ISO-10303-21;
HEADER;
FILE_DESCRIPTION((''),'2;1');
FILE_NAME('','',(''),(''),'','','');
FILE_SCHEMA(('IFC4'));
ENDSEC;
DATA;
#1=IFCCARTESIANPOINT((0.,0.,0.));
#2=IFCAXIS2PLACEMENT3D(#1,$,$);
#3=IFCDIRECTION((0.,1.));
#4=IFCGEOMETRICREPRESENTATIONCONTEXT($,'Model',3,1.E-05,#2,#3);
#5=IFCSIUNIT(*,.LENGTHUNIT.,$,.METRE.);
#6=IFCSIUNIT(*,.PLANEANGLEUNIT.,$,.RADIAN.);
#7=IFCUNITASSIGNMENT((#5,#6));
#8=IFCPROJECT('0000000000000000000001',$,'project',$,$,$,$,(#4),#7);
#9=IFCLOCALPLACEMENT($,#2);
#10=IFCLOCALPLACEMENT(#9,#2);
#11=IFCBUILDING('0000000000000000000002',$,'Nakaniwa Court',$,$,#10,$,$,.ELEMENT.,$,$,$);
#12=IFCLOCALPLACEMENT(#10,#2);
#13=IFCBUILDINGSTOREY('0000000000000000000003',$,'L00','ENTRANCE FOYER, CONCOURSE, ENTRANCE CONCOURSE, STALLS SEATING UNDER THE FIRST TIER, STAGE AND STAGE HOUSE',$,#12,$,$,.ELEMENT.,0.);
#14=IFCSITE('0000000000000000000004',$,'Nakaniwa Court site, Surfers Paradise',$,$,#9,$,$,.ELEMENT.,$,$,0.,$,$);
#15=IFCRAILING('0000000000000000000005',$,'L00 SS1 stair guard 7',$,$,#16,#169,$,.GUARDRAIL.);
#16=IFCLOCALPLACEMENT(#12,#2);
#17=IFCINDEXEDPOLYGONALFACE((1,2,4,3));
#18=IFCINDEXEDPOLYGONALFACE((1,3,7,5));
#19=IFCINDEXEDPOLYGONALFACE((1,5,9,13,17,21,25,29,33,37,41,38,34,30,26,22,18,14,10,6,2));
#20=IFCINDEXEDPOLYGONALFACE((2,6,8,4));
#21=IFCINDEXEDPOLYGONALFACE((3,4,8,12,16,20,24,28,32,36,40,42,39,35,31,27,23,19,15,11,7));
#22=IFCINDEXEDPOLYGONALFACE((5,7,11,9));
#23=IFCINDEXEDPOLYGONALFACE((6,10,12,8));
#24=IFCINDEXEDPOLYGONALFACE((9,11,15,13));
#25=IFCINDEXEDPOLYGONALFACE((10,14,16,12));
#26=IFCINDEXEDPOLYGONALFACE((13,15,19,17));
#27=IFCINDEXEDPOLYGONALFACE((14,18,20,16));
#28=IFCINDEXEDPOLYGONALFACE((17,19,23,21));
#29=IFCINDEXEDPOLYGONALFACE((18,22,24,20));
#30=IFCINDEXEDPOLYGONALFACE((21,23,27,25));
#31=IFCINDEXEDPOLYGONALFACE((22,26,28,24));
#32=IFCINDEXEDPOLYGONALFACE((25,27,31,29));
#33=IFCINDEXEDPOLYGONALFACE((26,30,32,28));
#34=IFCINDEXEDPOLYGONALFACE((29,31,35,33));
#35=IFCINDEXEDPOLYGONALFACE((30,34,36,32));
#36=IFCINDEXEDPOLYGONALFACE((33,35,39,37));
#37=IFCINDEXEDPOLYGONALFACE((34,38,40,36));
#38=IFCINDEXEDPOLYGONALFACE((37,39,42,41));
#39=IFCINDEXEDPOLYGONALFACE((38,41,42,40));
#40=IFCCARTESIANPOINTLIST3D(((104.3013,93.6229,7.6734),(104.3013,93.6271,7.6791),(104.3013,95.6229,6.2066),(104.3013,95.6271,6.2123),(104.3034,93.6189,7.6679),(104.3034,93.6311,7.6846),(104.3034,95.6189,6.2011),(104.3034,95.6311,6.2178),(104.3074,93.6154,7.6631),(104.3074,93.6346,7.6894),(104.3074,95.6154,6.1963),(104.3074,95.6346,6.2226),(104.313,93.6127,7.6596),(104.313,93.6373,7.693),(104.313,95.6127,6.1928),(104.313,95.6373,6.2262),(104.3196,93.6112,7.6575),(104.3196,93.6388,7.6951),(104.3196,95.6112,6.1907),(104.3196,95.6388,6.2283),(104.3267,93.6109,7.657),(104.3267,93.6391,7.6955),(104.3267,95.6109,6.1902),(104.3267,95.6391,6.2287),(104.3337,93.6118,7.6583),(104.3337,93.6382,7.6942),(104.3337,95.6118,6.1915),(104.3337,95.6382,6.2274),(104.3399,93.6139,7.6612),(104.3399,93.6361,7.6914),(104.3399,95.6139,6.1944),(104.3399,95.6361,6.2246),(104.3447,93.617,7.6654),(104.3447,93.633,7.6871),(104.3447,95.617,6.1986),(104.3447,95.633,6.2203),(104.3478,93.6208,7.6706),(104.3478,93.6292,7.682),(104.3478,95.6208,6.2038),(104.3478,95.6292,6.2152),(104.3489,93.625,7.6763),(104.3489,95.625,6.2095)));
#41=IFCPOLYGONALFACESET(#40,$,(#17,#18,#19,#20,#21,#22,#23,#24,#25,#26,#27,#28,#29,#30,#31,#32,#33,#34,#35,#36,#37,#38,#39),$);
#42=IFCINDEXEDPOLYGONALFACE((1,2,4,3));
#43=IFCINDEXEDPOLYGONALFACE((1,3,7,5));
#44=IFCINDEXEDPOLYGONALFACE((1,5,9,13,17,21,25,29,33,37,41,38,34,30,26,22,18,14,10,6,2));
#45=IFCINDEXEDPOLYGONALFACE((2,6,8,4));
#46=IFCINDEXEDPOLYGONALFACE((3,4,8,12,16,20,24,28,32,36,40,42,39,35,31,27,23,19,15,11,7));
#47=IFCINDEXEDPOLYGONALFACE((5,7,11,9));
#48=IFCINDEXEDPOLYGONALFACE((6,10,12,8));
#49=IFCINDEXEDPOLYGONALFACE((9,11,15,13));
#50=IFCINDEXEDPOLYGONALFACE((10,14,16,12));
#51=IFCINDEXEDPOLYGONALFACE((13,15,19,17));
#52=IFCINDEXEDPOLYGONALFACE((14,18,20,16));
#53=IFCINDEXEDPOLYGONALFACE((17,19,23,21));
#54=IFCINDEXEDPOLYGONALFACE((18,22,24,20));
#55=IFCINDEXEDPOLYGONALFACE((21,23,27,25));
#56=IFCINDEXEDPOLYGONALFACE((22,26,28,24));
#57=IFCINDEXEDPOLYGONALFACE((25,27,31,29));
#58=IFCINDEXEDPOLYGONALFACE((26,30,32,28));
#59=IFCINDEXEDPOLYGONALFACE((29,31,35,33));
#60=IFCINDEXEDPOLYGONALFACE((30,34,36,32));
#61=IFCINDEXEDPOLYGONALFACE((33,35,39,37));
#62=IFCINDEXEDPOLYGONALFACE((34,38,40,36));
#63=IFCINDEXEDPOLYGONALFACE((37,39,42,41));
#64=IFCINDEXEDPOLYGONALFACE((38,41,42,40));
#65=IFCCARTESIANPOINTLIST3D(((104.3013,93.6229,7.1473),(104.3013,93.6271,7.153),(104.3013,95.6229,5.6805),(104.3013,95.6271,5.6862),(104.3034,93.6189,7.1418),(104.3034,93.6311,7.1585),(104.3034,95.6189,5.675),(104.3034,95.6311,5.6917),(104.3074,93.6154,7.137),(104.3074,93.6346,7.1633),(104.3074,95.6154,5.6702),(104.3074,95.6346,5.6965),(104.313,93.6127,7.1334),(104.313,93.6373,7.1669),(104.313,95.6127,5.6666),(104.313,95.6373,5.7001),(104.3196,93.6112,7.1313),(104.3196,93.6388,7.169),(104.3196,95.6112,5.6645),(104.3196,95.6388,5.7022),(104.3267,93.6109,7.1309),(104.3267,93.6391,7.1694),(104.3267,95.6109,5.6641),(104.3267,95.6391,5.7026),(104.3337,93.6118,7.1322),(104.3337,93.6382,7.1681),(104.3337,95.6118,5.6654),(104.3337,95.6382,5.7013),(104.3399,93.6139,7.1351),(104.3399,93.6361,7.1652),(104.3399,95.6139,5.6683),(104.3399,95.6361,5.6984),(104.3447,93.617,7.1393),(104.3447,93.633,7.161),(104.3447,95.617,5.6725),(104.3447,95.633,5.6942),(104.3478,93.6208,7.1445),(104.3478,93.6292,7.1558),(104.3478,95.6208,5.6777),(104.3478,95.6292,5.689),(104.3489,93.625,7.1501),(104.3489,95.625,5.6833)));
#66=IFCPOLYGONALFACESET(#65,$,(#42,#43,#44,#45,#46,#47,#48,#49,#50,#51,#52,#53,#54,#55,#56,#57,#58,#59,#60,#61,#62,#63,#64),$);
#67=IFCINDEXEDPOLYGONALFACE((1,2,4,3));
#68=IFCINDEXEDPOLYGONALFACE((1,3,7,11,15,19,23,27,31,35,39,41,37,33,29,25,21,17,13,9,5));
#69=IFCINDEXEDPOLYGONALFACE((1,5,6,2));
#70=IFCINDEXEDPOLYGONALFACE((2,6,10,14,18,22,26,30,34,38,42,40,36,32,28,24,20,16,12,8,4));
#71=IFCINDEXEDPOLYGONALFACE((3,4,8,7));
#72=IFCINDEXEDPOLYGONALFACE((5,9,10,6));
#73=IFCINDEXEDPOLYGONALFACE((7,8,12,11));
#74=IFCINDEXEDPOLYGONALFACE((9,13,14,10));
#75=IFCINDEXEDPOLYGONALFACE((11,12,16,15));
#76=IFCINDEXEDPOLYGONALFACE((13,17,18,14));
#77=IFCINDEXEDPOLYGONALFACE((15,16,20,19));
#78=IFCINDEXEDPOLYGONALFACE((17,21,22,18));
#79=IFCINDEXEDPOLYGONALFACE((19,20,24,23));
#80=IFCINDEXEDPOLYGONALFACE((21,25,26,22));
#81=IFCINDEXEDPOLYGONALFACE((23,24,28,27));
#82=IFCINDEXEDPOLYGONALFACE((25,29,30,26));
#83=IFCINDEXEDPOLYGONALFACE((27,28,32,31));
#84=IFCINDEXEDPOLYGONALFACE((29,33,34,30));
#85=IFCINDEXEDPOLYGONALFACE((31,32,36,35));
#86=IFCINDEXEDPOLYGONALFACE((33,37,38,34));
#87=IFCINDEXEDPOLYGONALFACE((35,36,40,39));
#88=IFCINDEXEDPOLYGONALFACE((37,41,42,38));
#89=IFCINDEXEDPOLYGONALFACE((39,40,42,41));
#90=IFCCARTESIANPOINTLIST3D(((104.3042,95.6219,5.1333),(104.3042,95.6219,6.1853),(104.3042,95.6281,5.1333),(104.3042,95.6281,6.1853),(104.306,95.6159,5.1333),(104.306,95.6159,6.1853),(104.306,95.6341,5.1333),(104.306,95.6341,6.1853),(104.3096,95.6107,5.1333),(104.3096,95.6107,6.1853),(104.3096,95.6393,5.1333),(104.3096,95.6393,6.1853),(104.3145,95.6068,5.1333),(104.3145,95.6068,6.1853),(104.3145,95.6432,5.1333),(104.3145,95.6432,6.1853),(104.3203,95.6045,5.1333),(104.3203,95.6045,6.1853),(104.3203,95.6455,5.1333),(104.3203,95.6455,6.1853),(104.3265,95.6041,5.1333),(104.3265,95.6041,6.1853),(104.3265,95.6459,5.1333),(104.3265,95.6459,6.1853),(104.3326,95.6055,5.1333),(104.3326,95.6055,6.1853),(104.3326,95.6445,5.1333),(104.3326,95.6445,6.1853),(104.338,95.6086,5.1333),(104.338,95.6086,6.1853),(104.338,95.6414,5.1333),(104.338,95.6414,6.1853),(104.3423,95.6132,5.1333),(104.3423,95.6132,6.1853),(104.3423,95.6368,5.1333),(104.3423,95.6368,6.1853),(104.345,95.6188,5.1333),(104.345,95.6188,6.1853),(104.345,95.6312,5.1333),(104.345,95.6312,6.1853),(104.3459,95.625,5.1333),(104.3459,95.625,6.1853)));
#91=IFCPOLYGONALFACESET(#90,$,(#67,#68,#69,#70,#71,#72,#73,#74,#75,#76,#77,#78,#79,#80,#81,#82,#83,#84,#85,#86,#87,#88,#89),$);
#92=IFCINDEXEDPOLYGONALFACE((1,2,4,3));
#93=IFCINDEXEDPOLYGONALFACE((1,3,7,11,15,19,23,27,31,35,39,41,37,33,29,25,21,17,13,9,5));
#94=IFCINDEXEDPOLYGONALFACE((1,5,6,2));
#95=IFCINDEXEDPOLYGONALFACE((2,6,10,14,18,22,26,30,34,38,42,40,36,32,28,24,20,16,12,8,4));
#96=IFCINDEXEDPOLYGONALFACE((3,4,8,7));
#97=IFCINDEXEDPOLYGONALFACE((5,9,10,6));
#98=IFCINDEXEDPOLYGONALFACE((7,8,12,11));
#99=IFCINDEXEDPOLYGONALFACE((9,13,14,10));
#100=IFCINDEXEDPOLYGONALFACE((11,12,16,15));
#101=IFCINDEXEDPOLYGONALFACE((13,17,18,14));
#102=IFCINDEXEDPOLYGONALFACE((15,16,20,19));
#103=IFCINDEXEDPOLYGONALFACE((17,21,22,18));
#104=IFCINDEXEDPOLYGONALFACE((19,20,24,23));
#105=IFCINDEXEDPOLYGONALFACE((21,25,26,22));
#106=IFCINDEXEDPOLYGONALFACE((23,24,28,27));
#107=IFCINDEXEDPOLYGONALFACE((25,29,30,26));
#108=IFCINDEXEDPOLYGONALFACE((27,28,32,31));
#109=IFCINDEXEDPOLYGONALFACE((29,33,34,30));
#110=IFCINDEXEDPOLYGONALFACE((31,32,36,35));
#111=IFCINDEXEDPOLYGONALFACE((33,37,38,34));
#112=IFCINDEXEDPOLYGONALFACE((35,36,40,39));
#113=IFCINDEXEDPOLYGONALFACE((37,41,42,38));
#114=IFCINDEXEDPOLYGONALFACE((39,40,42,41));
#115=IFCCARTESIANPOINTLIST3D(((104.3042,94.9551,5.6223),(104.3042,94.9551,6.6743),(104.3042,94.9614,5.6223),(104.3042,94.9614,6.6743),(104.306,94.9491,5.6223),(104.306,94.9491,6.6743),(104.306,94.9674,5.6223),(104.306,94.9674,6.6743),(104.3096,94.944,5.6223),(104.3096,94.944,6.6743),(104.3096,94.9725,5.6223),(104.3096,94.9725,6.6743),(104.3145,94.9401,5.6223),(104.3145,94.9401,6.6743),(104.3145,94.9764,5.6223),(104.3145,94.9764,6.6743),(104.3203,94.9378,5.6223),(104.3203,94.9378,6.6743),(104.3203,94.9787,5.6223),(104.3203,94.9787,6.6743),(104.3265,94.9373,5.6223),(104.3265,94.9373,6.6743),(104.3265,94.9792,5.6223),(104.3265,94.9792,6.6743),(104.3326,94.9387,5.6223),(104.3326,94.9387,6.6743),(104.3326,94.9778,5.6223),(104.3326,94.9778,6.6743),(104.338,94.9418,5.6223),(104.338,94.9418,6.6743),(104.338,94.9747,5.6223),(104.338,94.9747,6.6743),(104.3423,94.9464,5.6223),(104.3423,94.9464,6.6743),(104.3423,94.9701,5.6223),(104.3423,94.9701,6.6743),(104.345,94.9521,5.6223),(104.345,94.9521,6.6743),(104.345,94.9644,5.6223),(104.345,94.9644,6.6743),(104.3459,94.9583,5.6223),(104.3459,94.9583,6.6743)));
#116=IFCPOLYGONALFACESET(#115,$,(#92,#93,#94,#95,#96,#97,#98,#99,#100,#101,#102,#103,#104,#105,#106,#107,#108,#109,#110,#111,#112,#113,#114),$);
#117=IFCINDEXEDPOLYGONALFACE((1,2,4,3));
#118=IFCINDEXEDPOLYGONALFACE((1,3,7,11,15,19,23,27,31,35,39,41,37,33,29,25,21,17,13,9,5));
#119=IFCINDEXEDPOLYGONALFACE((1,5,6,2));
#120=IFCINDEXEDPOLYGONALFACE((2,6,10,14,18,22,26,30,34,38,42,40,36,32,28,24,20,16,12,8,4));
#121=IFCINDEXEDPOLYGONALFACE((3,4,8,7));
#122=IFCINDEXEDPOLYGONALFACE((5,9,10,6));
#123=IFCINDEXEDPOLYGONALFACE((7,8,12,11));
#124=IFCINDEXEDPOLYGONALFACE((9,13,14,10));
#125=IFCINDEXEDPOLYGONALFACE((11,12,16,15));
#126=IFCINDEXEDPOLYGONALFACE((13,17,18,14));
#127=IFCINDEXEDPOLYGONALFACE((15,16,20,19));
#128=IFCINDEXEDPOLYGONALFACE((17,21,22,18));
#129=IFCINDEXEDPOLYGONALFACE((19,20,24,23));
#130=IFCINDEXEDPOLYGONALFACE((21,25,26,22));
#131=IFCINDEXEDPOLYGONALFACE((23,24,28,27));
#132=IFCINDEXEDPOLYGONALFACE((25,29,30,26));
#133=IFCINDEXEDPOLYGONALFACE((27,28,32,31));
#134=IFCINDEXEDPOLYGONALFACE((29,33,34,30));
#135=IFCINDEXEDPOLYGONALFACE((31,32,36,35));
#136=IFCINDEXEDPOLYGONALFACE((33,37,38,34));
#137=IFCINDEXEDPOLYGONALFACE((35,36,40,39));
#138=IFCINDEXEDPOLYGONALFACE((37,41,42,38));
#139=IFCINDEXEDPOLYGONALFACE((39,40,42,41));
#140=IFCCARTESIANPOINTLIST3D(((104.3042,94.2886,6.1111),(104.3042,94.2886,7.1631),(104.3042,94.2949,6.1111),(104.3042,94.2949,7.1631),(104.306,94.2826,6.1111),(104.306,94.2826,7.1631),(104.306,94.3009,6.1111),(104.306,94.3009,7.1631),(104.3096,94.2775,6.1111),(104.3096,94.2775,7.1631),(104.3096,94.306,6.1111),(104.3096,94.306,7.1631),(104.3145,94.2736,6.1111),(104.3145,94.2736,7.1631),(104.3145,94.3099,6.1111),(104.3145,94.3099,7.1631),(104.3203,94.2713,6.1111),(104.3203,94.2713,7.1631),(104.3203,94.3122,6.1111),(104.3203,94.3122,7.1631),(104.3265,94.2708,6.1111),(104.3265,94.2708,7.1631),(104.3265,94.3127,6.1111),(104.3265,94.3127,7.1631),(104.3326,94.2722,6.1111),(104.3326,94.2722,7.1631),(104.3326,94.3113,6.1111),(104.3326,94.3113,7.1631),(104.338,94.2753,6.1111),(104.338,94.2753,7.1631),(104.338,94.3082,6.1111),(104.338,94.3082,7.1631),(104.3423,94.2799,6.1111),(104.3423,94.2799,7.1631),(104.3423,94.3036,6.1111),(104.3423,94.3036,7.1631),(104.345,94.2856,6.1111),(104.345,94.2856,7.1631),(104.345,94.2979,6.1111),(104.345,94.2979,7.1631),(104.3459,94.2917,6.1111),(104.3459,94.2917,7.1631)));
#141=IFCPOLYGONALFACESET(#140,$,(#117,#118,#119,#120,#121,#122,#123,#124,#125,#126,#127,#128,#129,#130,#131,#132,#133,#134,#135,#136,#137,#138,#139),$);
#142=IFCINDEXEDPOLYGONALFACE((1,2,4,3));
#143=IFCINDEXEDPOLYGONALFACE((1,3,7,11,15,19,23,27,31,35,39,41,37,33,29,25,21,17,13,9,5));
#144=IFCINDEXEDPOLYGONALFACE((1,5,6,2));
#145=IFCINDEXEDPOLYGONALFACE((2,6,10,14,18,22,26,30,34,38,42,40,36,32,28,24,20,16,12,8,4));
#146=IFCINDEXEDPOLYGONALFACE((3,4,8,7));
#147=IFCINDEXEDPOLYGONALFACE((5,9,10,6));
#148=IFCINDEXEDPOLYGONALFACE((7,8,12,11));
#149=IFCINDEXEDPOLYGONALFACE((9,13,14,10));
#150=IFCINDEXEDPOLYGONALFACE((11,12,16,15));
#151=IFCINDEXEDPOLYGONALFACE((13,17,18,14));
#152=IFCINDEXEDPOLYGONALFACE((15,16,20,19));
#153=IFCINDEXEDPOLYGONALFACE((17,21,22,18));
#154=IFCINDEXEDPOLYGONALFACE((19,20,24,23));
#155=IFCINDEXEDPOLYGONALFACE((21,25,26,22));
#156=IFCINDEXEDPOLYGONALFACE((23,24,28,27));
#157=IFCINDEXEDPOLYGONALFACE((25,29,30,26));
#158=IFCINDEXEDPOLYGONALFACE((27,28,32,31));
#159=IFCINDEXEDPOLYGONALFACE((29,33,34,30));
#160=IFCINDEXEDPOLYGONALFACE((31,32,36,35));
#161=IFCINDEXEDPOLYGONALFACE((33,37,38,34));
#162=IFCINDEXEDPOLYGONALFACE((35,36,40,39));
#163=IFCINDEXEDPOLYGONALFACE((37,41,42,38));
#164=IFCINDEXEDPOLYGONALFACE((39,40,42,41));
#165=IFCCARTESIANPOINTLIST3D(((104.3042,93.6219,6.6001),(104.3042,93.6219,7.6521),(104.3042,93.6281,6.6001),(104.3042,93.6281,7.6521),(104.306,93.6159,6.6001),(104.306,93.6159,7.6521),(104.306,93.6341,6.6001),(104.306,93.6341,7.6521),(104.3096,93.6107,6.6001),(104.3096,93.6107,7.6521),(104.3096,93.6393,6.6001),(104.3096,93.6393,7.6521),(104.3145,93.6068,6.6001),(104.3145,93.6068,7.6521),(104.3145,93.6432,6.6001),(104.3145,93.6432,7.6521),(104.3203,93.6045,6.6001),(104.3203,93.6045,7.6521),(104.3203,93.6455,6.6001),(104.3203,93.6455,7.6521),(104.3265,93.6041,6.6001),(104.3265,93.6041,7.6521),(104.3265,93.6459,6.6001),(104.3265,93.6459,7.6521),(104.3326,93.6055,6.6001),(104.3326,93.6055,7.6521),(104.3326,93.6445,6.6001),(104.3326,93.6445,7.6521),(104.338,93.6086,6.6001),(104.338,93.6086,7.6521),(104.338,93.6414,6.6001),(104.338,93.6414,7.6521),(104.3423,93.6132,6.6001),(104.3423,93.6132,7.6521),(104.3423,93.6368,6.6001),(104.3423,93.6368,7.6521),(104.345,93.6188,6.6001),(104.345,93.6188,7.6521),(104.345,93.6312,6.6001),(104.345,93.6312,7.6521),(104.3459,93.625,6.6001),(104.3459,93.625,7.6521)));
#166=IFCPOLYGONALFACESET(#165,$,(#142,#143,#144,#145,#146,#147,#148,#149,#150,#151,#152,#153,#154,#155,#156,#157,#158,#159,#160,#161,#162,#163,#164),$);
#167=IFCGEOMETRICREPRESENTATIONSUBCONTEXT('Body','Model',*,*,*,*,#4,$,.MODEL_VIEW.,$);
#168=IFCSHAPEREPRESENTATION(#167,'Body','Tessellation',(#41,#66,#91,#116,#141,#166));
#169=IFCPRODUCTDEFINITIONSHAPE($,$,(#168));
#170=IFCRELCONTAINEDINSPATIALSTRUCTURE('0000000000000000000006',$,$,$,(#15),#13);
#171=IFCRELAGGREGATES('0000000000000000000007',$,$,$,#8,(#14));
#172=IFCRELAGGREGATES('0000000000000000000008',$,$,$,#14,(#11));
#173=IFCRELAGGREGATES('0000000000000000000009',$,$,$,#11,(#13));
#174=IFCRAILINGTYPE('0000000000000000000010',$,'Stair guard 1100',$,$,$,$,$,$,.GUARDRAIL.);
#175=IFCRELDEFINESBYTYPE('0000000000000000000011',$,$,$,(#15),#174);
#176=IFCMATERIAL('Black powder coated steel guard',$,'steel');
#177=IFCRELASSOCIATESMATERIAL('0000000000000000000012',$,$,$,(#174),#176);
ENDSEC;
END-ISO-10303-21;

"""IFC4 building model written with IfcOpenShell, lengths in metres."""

from ifc_helpers import new_model, si_unit, direction, frame, origin, origin_2d, place, context, subcontext, project, spatial, circle, extrude, material, type_object, element, save


model = new_model("IFC4")

# Units and contexts
model_context = context("Model", 3, precision=1e-05, world=origin(), true_north=direction((0.0, 1.0)))
body_context = subcontext(model_context, "Body", "Model", "MODEL_VIEW")
ifc_project = project(units=[si_unit("LENGTHUNIT", "METRE"), si_unit("PLANEANGLEUNIT", "RADIAN")], contexts=[model_context])

# Site, building, storey
site_placement = place(None, origin())
site = spatial("IfcSite", under=ifc_project, at=site_placement, Name="Nakaniwa Court site, Surfers Paradise", CompositionType="ELEMENT", RefElevation=0.0)
building_placement = place(site_placement, origin())
building = spatial("IfcBuilding", under=site, at=building_placement, Name="Nakaniwa Court", CompositionType="ELEMENT")
storey_placement = place(building_placement, origin())
storey = spatial("IfcBuildingStorey", under=building, at=storey_placement, Name="L00", Description="ENTRANCE FOYER, CONCOURSE, ENTRANCE CONCOURSE, STALLS SEATING UNDER THE FIRST TIER, STAGE AND STAGE HOUSE", CompositionType="ELEMENT", Elevation=0.0)

# Railing
ifc_material_1 = material(Name="Black powder coated steel guard", Category="steel")
railing_type = type_object("IfcRailingType", Name="Stair guard 1100", PredefinedType="GUARDRAIL", material=ifc_material_1)
railing_1_placement = place(storey_placement, frame((104.325, 95.625, 5.1333)))
element("IfcRailing", 1, at=railing_1_placement, inside=storey, type_object=railing_type, Name="L00 SS1 stair guard 7", PredefinedType="GUARDRAIL", context=body_context, shape_type="SweptSolid", body=[
    extrude(circle(Radius=0.0239, at=origin_2d()), frame((0.0, 0.0, 1.0762), z_axis=(0.0, -0.80638, 0.591398), x_axis=(1.0, 0.0, 0.0)), (0.0, 0.0, 1.0), 2.4802),
    extrude(circle(Radius=0.0239, at=origin_2d()), frame((0.0, 0.0, 0.55), z_axis=(0.0, -0.80638, 0.591398), x_axis=(1.0, 0.0, 0.0)), (0.0, 0.0, 1.0), 2.4802),
    extrude(circle(Radius=0.021, at=origin_2d()), origin(), (0.0, 0.0, 1.0), 1.052),
    extrude(circle(Radius=0.021, at=origin_2d()), frame((0.0, -0.6667, 0.489)), (0.0, 0.0, 1.0), 1.052),
    extrude(circle(Radius=0.021, at=origin_2d()), frame((0.0, -1.3333, 0.9778)), (0.0, 0.0, 1.0), 1.052),
    extrude(circle(Radius=0.021, at=origin_2d()), frame((0.0, -2.0, 1.4668)), (0.0, 0.0, 1.0), 1.052),
])

save(model, "model.ifc")
